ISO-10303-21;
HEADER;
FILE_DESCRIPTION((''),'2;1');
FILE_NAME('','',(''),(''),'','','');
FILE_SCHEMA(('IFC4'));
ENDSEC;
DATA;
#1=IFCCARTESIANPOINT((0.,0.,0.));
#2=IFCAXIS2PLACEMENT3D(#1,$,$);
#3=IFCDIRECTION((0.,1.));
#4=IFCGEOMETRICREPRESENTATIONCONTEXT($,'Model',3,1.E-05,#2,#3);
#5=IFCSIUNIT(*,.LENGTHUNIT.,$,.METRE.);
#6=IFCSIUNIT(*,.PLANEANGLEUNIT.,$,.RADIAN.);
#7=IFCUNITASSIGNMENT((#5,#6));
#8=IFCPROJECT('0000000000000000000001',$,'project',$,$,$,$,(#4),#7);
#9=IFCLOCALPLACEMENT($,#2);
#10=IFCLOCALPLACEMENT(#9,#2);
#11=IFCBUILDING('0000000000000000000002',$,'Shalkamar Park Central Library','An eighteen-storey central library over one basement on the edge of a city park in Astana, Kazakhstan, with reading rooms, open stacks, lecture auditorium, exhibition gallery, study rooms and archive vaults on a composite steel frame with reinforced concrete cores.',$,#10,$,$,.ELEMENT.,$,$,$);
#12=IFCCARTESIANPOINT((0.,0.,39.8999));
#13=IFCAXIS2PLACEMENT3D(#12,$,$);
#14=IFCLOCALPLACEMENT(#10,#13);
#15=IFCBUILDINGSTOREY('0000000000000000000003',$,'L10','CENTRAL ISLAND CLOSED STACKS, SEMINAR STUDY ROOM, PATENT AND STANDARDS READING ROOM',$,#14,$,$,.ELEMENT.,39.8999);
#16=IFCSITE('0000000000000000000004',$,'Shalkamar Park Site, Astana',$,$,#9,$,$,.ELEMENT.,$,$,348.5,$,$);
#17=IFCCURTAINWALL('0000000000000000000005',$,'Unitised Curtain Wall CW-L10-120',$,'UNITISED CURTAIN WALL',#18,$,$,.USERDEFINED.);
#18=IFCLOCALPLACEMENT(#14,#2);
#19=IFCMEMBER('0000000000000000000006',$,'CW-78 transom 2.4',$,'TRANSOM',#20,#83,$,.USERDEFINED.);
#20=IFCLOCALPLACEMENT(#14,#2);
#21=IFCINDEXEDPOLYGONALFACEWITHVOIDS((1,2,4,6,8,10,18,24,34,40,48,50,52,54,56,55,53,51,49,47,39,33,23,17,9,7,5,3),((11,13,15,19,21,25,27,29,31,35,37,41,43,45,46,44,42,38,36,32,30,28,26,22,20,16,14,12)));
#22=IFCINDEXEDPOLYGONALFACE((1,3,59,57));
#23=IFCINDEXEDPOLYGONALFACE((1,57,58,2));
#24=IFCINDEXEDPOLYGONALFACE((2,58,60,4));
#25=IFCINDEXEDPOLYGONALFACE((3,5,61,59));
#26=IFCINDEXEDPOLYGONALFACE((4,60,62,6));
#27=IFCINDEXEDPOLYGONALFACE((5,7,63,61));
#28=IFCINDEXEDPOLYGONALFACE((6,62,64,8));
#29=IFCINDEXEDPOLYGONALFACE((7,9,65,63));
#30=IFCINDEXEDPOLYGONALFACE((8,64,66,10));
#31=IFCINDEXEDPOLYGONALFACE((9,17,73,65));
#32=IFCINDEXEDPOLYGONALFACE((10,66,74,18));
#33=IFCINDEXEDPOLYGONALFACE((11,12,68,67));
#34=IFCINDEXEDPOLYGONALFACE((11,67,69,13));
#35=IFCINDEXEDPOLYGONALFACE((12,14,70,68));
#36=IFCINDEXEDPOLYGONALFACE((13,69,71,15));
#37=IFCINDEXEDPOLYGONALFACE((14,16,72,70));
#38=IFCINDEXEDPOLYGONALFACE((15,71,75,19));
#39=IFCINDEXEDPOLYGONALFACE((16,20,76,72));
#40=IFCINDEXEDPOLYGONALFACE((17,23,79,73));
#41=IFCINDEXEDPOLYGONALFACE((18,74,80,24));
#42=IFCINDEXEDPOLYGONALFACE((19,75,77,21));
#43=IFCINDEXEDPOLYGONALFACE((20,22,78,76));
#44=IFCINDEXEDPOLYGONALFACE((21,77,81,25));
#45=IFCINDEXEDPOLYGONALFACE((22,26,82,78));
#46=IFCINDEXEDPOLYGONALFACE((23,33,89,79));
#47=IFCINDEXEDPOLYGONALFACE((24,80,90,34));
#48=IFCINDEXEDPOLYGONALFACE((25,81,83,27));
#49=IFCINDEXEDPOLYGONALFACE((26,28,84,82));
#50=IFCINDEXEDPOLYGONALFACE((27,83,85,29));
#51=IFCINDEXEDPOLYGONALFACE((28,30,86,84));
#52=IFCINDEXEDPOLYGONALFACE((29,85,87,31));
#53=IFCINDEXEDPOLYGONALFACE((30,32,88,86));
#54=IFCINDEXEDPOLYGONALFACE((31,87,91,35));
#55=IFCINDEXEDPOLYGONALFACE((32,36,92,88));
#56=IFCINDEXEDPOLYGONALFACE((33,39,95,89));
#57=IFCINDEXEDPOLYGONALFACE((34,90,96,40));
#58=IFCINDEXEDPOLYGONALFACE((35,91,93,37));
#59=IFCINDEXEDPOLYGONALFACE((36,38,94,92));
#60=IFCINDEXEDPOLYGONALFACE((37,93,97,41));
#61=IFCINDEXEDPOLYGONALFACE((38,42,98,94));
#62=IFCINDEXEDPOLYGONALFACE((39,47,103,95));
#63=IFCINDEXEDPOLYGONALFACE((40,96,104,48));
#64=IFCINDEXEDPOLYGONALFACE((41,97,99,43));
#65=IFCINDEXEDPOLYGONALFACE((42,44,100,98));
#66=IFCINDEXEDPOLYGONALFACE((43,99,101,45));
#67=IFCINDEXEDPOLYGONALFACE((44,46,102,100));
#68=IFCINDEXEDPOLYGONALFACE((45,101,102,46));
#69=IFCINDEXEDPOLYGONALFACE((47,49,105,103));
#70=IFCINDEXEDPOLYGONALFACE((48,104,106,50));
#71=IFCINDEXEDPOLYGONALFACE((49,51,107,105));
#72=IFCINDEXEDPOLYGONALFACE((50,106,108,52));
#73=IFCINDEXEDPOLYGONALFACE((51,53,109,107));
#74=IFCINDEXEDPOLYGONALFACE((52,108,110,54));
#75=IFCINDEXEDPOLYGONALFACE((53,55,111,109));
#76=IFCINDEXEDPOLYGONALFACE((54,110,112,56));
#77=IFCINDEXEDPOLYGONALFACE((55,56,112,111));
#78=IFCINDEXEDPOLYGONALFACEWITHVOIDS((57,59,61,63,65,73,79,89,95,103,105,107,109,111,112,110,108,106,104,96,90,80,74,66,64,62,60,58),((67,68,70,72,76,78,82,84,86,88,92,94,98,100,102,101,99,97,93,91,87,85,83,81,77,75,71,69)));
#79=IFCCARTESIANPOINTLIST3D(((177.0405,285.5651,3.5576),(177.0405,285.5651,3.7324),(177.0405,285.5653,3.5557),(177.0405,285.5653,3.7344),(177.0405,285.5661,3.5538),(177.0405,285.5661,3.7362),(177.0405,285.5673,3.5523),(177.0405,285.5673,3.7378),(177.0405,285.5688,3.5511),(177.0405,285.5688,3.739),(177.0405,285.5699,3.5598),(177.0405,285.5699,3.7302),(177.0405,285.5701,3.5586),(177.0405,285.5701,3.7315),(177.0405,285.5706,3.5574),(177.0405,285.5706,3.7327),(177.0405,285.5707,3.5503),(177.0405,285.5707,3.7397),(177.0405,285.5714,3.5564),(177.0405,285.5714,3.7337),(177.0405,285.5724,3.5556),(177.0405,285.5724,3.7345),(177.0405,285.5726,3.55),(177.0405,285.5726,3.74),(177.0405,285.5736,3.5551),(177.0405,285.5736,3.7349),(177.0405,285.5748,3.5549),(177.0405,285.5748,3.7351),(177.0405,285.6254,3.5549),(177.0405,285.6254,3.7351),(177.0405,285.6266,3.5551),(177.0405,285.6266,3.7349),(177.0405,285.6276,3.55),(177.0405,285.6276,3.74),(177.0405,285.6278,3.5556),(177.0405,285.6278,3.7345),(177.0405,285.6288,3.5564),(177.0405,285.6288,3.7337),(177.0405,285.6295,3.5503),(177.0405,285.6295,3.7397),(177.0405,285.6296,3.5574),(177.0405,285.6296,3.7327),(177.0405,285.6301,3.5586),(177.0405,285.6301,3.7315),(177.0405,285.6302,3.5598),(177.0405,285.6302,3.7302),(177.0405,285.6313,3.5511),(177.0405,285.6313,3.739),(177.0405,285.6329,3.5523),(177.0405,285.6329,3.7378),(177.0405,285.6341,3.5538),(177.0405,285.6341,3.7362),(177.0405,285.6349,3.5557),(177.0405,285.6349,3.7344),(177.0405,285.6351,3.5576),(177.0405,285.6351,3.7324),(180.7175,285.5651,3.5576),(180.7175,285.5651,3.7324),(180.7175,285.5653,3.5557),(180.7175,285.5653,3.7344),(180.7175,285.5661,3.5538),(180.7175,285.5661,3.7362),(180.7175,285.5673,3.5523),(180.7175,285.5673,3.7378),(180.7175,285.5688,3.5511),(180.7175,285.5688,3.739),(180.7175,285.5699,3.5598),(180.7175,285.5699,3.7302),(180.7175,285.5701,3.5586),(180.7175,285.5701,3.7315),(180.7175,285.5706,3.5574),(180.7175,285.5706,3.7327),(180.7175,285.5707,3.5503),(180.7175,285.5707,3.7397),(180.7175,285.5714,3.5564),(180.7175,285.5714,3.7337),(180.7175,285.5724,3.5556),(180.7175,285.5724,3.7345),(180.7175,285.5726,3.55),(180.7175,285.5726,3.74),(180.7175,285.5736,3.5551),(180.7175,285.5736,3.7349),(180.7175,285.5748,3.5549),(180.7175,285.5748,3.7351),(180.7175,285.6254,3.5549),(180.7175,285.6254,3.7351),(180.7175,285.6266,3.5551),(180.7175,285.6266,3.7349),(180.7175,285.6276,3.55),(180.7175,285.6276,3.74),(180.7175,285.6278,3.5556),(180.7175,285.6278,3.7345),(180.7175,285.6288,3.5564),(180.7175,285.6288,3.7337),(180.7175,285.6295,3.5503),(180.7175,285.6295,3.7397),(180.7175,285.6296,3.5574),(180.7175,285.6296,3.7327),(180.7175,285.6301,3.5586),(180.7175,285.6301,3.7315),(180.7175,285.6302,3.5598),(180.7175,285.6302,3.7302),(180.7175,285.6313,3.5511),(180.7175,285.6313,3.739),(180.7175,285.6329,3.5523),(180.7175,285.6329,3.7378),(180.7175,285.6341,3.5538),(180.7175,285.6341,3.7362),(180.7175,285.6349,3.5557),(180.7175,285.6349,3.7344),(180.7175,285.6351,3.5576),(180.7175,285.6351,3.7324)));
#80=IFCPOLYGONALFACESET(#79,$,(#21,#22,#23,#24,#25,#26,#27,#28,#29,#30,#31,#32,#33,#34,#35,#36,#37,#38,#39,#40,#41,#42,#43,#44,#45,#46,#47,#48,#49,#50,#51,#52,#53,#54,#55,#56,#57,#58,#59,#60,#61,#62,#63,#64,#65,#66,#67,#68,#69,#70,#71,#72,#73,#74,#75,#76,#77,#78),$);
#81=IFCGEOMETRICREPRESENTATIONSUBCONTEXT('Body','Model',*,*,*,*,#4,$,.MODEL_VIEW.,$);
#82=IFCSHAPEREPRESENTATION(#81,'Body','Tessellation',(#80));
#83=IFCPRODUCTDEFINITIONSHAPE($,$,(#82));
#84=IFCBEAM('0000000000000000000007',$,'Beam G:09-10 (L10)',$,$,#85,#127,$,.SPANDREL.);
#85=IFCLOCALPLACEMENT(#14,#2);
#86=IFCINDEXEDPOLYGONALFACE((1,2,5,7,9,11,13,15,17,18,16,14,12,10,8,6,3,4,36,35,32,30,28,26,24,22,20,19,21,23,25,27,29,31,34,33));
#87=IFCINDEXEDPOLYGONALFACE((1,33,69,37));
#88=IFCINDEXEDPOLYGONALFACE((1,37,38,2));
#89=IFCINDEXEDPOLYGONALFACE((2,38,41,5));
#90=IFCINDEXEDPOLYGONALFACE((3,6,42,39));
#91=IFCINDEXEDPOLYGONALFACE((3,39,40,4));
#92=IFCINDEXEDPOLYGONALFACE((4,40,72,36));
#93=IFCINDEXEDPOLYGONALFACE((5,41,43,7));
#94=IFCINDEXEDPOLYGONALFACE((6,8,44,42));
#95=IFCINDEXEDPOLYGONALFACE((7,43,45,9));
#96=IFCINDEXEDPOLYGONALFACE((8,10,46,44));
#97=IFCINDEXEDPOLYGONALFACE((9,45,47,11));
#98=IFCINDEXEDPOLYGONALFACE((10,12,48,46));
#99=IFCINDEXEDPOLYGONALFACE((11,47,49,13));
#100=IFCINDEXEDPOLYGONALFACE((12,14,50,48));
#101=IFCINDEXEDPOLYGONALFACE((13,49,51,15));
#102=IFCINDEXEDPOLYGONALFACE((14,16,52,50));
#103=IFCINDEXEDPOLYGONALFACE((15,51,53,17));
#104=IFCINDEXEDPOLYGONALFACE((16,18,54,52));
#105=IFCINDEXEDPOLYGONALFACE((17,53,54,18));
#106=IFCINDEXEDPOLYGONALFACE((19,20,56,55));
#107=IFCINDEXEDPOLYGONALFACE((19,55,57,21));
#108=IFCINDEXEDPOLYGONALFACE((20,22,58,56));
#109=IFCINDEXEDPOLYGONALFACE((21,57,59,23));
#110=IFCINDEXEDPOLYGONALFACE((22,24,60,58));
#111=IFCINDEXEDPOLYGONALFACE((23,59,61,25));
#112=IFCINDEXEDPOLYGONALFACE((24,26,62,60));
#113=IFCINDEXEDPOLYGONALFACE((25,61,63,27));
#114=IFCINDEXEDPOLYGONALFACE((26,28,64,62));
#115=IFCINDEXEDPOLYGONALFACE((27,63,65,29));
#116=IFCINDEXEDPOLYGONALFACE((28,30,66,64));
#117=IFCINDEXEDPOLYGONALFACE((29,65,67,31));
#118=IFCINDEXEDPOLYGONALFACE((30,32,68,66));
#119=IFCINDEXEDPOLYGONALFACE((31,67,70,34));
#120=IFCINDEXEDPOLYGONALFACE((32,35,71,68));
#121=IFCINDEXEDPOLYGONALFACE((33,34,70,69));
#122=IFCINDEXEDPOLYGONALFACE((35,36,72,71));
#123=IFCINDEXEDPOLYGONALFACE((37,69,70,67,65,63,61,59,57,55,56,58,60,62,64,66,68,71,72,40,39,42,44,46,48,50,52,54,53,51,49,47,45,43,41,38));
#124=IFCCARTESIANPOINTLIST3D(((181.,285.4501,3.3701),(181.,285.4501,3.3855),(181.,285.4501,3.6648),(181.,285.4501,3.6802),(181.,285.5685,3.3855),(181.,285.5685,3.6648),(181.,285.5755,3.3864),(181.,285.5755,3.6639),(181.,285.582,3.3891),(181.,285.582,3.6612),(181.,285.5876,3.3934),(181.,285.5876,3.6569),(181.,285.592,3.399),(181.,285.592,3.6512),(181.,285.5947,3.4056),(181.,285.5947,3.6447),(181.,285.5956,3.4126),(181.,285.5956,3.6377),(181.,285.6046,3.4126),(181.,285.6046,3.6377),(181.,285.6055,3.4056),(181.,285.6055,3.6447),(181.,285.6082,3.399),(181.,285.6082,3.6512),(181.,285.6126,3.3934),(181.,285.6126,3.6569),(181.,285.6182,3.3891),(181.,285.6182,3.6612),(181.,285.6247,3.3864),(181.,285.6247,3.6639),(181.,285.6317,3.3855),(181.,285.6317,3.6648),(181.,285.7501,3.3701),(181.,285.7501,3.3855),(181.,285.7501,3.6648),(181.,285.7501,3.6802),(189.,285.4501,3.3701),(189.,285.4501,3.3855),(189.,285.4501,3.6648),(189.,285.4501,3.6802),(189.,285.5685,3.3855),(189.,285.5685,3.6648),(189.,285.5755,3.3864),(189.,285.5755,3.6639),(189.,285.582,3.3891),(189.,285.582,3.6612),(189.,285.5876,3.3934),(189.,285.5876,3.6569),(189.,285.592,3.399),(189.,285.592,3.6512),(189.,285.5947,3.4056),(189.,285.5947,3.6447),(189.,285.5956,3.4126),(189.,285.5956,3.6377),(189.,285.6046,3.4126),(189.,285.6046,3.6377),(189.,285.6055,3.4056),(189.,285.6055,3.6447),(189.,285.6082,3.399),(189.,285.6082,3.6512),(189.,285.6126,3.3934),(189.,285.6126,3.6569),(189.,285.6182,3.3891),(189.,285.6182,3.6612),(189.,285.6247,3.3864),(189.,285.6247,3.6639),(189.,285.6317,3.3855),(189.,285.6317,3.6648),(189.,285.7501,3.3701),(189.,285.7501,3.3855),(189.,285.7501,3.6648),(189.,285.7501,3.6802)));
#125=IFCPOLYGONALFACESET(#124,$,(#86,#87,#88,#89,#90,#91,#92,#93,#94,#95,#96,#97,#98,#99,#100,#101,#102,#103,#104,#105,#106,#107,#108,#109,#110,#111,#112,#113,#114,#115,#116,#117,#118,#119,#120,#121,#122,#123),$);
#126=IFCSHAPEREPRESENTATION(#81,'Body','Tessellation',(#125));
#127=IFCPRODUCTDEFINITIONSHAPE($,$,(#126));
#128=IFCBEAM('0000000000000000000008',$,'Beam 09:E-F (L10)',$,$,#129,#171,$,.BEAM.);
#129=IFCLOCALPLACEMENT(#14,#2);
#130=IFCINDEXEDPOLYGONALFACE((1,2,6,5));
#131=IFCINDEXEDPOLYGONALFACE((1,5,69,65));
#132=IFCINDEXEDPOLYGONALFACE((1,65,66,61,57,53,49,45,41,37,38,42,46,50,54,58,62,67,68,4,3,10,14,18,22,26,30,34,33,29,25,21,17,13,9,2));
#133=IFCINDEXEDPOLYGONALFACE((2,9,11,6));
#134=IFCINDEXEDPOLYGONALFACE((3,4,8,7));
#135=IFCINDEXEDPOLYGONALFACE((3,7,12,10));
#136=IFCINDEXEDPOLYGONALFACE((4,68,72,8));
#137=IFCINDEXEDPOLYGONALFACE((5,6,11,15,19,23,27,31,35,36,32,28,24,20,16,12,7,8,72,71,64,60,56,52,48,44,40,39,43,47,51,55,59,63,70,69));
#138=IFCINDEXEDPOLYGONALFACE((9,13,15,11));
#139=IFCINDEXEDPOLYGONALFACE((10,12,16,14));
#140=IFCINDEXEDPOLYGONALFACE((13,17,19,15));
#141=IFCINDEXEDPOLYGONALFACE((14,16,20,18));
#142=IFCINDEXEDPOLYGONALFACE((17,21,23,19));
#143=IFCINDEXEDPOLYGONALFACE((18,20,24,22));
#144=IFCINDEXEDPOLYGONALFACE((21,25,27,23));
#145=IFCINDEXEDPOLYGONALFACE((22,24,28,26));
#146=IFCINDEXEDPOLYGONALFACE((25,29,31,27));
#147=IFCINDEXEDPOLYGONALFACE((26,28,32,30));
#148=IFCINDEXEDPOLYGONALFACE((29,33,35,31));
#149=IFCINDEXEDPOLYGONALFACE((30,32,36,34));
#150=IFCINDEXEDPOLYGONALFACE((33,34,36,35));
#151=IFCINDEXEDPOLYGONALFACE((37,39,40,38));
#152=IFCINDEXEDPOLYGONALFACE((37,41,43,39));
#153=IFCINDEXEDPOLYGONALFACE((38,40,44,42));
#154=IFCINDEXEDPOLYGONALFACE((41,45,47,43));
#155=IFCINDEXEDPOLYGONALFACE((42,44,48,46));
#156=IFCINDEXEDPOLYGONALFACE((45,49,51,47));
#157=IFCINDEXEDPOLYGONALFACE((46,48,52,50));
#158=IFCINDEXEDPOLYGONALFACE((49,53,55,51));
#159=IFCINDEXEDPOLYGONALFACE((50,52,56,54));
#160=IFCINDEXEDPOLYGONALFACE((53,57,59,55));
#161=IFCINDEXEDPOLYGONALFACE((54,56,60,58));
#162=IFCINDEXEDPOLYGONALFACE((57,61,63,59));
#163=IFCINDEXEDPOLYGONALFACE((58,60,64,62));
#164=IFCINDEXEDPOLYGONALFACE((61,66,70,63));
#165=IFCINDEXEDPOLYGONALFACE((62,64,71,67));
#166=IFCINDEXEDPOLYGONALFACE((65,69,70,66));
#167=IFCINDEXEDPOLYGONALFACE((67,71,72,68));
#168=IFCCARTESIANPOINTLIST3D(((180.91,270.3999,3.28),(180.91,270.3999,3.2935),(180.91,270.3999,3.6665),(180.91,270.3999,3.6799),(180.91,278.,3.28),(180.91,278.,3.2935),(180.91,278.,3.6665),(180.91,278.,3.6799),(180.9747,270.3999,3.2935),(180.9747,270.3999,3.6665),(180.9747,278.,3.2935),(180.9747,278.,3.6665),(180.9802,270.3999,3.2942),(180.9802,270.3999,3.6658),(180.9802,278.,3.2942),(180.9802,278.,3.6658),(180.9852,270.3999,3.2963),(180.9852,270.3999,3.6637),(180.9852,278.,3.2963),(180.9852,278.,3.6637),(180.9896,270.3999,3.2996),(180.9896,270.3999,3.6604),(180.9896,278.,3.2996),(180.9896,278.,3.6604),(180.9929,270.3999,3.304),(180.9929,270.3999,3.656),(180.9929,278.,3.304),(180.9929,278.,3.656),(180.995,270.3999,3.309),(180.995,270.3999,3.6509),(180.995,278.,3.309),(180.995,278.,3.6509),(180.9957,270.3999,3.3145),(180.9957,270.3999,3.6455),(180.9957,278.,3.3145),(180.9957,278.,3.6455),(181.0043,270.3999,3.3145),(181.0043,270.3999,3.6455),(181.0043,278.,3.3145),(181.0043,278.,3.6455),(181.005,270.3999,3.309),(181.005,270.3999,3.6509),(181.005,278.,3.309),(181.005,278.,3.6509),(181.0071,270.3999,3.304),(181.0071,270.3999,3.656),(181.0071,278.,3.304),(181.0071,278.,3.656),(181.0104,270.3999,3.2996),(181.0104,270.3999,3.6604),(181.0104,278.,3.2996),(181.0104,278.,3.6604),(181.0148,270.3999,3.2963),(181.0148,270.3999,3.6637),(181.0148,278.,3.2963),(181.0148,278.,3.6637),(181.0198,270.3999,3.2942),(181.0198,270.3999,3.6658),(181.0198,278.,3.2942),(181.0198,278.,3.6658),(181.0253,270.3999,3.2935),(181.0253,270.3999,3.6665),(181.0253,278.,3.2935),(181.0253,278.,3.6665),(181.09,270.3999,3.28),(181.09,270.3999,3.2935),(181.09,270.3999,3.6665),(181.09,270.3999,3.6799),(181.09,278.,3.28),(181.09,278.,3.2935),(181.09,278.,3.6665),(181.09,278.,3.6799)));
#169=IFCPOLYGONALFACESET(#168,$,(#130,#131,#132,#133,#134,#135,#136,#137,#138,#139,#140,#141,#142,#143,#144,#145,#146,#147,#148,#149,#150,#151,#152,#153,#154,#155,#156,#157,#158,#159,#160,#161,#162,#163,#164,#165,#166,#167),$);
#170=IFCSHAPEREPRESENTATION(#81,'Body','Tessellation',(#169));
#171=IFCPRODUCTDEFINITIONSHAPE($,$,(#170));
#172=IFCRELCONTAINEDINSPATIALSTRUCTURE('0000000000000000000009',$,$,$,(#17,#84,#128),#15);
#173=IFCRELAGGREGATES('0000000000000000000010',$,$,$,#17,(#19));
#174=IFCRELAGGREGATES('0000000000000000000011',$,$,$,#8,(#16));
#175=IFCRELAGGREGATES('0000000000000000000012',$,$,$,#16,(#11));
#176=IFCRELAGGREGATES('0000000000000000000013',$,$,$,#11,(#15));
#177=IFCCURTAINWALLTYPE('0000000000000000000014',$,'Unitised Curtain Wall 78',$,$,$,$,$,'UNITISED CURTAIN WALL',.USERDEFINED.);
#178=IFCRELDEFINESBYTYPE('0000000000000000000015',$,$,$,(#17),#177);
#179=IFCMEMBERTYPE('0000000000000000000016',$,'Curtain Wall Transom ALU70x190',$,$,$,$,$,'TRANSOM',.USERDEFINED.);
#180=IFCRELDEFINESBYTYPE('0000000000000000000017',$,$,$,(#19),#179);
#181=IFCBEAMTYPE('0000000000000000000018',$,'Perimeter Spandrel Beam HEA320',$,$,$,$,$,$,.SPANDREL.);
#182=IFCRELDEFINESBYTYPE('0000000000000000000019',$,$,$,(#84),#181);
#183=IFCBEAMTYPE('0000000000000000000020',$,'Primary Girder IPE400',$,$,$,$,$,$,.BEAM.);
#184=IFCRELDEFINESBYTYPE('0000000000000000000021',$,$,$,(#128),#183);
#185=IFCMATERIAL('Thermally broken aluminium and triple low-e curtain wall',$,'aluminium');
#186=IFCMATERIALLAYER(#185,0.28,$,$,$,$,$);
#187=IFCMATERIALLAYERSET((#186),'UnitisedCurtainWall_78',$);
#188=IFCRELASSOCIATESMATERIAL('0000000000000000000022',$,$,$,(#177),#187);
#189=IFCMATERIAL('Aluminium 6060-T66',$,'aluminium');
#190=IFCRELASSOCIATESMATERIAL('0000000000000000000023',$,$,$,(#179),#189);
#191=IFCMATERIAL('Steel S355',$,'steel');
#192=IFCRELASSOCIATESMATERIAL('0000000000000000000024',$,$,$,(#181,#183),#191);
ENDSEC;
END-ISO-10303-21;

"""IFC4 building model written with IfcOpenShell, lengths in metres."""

from ifc_helpers import new_model, si_unit, direction, frame, origin, origin_2d, place, context, subcontext, project, spatial, hollow_rectangle, i_section, extrude, material, layer, layer_set, material_profile, profile_set, type_object, element, aggregate, save


model = new_model("IFC4")

# Units and contexts
model_context = context("Model", 3, precision=1e-05, world=origin(), true_north=direction((0.0, 1.0)))
body_context = subcontext(model_context, "Body", "Model", "MODEL_VIEW")
ifc_project = project(units=[si_unit("LENGTHUNIT", "METRE"), si_unit("PLANEANGLEUNIT", "RADIAN")], contexts=[model_context])

# Site, building, storey
site_placement = place(None, origin())
site = spatial("IfcSite", under=ifc_project, at=site_placement, Name="Shalkamar Park Site, Astana", CompositionType="ELEMENT", RefElevation=348.5)
building_placement = place(site_placement, origin())
building = spatial("IfcBuilding", under=site, at=building_placement, Name="Shalkamar Park Central Library", Description="An eighteen-storey central library over one basement on the edge of a city park in Astana, Kazakhstan, with reading rooms, open stacks, lecture auditorium, exhibition gallery, study rooms and archive vaults on a composite steel frame with reinforced concrete cores.", CompositionType="ELEMENT")
storey_placement = place(building_placement, frame((0.0, 0.0, 39.8999)))
storey = spatial("IfcBuildingStorey", under=building, at=storey_placement, Name="L10", Description="CENTRAL ISLAND CLOSED STACKS, SEMINAR STUDY ROOM, PATENT AND STANDARDS READING ROOM", CompositionType="ELEMENT", Elevation=39.8999)

# Shared definitions
ifc_material_1 = material(Name="Steel S355", Category="steel")

# Shared definitions
ifc_material_2 = material(Name="Thermally broken aluminium and triple low-e curtain wall", Category="aluminium")
ifc_material_3 = material(Name="Aluminium 6060-T66", Category="aluminium")

# Curtain wall, member
ifc_layer_1 = layer(ifc_material_2, 0.28)
ifc_layer_set_1 = layer_set([ifc_layer_1], Name="UnitisedCurtainWall_78")
curtain_wall_type_1 = type_object("IfcCurtainWallType", Name="Unitised Curtain Wall 78", ElementType="UNITISED CURTAIN WALL", PredefinedType="USERDEFINED", material=ifc_layer_set_1)
curtain_wall_1_placement = place(storey_placement, origin())
curtain_wall_1 = element("IfcCurtainWall", 1, at=curtain_wall_1_placement, inside=storey, type_object=curtain_wall_type_1, Name="Unitised Curtain Wall CW-L10-120", ObjectType="UNITISED CURTAIN WALL", PredefinedType="USERDEFINED")
ifc_material_profile_1 = material_profile(ifc_material_3, hollow_rectangle(XDim=0.0701, YDim=0.1899, WallThickness=0.0049, InnerFilletRadius=0.0049, OuterFilletRadius=0.0076, at=origin_2d()), Name="ALU 70x190x5")
ifc_profile_set_1 = profile_set([ifc_material_profile_1], Name="Aluminium 6060-T66")
member_type_1 = type_object("IfcMemberType", Name="Curtain Wall Transom ALU70x190", ElementType="TRANSOM", PredefinedType="USERDEFINED", material=ifc_profile_set_1)
member_1_placement = place(storey_placement, frame((177.0405, 285.6001, 3.645), z_axis=(1.0, 0.0, 0.0), x_axis=(0.0, 1.0, 0.0)))
member_1 = element("IfcMember", 2, at=member_1_placement, type_object=member_type_1, Name="CW-78 transom 2.4", ObjectType="TRANSOM", PredefinedType="USERDEFINED", context=body_context, shape_type="SweptSolid", body=[
    extrude(hollow_rectangle(XDim=0.0701, YDim=0.1899, WallThickness=0.0049, InnerFilletRadius=0.0049, OuterFilletRadius=0.0076, at=origin_2d()), origin(), (0.0, 0.0, 1.0), 3.677),
])

# Beams
ifc_material_profile_2 = material_profile(ifc_material_1, i_section(OverallWidth=0.3, OverallDepth=0.3101, WebThickness=0.009, FlangeThickness=0.0154, FilletRadius=0.0271, at=origin_2d()), Name="HEA 320")
ifc_profile_set_2 = profile_set([ifc_material_profile_2], Name="Steel S355")
beam_type_1 = type_object("IfcBeamType", Name="Perimeter Spandrel Beam HEA320", PredefinedType="SPANDREL", material=ifc_profile_set_2)
beam_1_placement = place(storey_placement, frame((181.0, 285.6001, 3.5251), z_axis=(1.0, 0.0, 0.0), x_axis=(0.0, 1.0, 0.0)))
element("IfcBeam", 3, at=beam_1_placement, inside=storey, type_object=beam_type_1, Name="Beam G:09-10 (L10)", PredefinedType="SPANDREL", context=body_context, shape_type="SweptSolid", body=[
    extrude(i_section(OverallWidth=0.3, OverallDepth=0.3101, WebThickness=0.009, FlangeThickness=0.0154, FilletRadius=0.0271, at=origin_2d()), origin(), (0.0, 0.0, 1.0), 8.0),
])
ifc_material_profile_3 = material_profile(ifc_material_1, i_section(OverallWidth=0.1799, OverallDepth=0.3999, WebThickness=0.0085, FlangeThickness=0.0134, FilletRadius=0.021, at=origin_2d()), Name="IPE 400")
ifc_profile_set_3 = profile_set([ifc_material_profile_3], Name="Steel S355")
beam_type_2 = type_object("IfcBeamType", Name="Primary Girder IPE400", PredefinedType="BEAM", material=ifc_profile_set_3)
for number, where, z_axis, x_axis, name in (
    (4, (181.0, 270.3999, 3.48), (0.0, 1.0, 0.0), (-1.0, 0.0, 0.0), "Beam 09:E-F (L10)"),
):
    element("IfcBeam", number, at=place(storey_placement, frame(where, z_axis=z_axis, x_axis=x_axis)), inside=storey, type_object=beam_type_2, Name=name, PredefinedType="BEAM", context=body_context, shape_type="SweptSolid", body=[
        extrude(i_section(OverallWidth=0.1799, OverallDepth=0.3999, WebThickness=0.0085, FlangeThickness=0.0134, FilletRadius=0.021, at=origin_2d()), origin(), (0.0, 0.0, 1.0), 7.6001),
    ])

aggregate(curtain_wall_1, [member_1])

save(model, "model.ifc")
